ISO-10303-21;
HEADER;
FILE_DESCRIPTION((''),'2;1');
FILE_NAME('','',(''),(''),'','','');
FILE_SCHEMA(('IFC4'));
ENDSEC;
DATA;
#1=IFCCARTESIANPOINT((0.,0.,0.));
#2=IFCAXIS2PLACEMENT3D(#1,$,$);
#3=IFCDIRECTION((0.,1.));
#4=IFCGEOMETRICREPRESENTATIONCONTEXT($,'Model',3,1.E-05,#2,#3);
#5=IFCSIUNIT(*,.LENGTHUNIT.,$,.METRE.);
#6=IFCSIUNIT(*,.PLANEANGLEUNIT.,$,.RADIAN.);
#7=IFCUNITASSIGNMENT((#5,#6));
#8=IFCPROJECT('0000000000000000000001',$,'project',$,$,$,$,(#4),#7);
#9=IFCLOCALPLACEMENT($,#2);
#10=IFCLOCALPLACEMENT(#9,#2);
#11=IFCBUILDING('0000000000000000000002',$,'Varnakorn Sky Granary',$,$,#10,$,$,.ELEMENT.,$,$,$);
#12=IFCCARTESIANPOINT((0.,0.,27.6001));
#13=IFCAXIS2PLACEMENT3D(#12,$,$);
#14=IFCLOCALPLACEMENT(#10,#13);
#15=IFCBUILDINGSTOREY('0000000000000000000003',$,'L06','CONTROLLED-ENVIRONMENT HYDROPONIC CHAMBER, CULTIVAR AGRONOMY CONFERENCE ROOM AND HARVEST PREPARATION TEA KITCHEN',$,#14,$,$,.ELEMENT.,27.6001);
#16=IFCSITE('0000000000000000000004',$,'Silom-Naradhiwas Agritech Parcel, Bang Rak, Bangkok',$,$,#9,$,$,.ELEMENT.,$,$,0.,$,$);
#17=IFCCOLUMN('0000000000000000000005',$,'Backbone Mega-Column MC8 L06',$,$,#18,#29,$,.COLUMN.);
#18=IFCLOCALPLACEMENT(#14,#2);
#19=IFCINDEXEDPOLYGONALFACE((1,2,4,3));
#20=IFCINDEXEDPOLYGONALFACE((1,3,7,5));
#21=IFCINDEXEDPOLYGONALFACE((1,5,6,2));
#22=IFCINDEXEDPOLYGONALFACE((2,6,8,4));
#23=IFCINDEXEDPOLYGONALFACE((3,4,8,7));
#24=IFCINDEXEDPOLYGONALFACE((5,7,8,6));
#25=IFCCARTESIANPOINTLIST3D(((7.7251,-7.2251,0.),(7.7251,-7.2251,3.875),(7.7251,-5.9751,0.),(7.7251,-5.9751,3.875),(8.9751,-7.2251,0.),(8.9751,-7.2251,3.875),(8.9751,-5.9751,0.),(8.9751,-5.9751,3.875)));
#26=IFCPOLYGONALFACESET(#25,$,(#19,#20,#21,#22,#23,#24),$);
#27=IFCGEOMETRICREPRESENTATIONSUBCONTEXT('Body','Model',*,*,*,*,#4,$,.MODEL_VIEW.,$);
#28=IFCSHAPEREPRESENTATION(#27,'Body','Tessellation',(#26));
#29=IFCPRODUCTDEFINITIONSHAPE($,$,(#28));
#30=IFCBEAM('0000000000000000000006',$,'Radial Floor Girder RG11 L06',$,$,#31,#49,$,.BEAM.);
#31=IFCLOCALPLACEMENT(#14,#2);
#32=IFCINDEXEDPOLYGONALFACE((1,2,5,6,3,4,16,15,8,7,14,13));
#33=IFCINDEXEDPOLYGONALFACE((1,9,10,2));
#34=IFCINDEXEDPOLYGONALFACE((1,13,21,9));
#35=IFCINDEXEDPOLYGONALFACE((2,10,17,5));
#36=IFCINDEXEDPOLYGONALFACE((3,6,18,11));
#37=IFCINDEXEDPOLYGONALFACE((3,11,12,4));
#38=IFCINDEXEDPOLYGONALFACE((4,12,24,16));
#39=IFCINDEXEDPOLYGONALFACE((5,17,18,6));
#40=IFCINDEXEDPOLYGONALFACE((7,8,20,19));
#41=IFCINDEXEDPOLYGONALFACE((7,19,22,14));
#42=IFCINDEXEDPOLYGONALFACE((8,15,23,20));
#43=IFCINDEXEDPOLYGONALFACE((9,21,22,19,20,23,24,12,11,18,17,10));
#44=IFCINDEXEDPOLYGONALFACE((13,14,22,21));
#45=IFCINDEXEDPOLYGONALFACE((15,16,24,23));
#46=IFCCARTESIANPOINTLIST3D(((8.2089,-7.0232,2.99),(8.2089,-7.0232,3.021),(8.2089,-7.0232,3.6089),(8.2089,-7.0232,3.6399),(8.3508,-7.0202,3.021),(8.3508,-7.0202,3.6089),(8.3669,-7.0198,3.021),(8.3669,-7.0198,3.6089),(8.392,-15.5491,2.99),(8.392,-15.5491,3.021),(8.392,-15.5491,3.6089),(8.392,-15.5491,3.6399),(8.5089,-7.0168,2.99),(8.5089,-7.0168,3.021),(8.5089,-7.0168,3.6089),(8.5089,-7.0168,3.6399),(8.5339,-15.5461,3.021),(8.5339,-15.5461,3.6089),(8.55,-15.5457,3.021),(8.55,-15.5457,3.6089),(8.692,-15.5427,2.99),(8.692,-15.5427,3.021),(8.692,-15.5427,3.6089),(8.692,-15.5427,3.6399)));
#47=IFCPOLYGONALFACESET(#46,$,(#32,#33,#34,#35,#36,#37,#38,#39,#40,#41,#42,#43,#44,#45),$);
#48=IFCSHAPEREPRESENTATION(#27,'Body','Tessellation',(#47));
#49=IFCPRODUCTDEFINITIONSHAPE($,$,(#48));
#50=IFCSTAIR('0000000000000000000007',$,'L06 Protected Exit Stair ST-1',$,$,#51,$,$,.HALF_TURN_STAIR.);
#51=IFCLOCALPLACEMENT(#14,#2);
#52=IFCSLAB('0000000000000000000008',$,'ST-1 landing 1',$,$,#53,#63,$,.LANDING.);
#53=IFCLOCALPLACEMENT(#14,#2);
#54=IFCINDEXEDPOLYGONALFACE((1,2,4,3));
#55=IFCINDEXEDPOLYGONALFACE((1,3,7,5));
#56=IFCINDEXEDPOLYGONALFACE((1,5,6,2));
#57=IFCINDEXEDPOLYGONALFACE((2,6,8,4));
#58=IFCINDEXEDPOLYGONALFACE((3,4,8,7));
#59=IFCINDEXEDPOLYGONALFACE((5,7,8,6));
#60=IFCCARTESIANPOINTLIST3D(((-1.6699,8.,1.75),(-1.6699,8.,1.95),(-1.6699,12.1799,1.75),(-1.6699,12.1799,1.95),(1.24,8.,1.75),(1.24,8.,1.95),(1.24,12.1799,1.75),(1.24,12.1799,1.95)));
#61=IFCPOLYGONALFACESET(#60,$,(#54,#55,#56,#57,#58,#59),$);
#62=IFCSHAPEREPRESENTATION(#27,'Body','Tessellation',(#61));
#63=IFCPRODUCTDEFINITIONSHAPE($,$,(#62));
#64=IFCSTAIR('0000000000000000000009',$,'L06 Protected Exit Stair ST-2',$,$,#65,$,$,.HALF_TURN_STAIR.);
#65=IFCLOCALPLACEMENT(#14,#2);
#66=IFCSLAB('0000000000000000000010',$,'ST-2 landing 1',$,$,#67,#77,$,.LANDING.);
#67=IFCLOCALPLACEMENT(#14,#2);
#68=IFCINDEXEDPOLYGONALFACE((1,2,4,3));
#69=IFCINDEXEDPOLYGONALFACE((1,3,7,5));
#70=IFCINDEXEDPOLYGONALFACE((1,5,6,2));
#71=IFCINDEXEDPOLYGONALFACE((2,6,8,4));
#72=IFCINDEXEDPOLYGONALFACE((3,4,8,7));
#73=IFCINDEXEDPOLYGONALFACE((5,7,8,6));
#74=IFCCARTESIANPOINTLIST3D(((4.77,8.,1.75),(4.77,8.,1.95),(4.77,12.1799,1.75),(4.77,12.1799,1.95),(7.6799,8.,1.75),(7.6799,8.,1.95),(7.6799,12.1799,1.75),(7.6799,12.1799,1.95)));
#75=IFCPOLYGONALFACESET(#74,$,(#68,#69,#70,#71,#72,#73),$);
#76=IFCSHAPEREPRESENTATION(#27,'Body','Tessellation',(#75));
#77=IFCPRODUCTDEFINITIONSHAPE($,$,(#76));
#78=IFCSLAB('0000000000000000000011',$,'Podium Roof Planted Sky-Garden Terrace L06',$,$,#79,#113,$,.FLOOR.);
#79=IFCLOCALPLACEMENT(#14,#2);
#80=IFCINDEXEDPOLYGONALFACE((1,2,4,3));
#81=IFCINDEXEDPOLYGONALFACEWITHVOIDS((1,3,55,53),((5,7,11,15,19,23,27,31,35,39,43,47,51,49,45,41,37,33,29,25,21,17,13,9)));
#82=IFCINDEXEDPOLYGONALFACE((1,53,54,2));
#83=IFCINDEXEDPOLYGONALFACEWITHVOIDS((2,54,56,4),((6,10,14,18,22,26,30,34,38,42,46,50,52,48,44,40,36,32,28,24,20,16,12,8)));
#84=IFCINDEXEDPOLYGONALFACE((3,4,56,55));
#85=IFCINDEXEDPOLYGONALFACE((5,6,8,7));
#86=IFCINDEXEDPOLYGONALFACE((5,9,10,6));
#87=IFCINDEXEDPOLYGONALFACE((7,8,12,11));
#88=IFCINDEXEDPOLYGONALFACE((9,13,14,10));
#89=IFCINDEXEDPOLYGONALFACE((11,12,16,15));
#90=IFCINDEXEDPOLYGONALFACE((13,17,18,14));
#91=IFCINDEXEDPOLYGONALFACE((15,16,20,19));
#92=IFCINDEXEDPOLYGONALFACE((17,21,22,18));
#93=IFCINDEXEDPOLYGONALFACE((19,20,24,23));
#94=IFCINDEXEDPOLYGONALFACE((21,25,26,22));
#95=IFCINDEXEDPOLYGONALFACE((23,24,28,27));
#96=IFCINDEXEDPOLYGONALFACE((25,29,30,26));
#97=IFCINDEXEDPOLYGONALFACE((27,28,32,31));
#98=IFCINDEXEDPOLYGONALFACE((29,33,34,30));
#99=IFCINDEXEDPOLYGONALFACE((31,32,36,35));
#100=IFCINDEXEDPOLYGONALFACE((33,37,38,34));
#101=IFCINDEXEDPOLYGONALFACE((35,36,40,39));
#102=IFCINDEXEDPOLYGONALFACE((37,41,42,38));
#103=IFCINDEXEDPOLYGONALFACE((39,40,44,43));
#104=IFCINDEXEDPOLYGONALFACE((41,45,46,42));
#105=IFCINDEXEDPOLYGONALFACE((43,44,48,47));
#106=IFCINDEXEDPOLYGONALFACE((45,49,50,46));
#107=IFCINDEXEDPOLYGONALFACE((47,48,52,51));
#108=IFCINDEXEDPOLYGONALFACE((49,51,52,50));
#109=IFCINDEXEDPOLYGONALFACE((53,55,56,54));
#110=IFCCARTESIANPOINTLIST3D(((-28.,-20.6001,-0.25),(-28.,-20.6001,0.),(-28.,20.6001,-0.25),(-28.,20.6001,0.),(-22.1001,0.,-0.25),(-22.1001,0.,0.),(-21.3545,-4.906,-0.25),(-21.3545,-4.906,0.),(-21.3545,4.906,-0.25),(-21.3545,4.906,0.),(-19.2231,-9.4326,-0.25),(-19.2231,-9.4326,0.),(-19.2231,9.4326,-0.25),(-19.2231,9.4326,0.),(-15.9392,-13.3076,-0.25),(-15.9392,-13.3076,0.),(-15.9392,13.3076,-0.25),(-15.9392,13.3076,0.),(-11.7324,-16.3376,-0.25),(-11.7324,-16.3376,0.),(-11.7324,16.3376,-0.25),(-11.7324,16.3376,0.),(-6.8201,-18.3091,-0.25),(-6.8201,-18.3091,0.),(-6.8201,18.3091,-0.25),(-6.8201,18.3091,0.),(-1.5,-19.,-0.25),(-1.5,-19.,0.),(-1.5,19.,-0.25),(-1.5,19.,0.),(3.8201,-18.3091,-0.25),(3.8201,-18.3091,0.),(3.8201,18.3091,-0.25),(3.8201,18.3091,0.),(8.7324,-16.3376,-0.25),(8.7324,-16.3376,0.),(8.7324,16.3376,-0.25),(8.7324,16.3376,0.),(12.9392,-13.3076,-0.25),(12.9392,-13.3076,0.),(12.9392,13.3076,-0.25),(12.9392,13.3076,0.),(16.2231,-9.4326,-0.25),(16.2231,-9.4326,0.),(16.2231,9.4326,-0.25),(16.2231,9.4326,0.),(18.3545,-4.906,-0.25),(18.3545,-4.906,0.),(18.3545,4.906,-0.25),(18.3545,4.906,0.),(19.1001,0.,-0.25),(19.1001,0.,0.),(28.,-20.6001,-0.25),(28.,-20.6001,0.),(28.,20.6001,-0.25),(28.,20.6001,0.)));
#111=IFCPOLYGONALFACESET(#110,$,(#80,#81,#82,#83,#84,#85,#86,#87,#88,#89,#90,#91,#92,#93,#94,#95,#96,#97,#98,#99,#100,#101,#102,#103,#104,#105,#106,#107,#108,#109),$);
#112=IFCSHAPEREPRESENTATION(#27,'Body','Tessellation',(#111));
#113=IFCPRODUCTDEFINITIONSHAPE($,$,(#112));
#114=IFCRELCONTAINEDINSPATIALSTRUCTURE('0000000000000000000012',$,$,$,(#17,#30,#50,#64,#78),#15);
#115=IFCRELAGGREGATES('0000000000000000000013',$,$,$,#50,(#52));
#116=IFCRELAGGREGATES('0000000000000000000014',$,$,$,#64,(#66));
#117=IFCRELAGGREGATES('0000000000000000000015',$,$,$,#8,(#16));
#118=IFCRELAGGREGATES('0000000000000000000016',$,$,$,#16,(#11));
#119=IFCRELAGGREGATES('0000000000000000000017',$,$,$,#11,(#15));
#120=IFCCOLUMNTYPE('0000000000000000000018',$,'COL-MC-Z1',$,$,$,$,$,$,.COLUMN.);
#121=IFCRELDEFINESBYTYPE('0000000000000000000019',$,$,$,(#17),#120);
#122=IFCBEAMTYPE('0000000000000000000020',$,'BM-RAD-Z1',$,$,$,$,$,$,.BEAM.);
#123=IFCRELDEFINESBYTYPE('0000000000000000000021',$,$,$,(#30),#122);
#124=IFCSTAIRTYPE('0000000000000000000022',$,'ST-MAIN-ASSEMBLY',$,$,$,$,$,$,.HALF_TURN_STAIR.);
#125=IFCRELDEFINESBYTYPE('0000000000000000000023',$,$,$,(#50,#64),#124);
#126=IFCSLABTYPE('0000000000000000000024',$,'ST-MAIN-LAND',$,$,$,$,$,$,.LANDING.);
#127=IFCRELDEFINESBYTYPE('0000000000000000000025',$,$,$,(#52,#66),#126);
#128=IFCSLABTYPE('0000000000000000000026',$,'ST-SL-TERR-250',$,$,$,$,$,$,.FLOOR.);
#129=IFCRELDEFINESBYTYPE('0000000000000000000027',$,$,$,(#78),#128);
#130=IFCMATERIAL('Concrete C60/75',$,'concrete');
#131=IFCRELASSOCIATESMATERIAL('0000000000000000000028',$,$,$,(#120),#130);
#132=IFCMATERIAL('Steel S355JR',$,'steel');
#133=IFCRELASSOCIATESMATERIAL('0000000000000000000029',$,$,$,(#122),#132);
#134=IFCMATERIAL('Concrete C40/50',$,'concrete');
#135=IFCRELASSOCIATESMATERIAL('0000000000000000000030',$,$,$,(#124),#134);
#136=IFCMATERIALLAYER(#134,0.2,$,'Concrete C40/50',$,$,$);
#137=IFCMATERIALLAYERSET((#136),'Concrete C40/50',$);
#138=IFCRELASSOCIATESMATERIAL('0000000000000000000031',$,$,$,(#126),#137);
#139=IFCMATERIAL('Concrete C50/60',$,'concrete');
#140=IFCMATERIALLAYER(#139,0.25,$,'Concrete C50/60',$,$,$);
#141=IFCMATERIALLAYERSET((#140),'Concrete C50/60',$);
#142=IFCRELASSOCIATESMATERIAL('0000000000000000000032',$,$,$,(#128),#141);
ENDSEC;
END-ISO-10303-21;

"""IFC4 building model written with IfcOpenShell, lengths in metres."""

from ifc_helpers import new_model, si_unit, direction, frame, origin, origin_2d, place, context, subcontext, project, spatial, polyline, rectangle, i_section, outline, extrude, material, layer, layer_set, material_profile, profile_set, type_object, element, aggregate, save


model = new_model("IFC4")

# Units and contexts
model_context = context("Model", 3, precision=1e-05, world=origin(), true_north=direction((0.0, 1.0)))
body_context = subcontext(model_context, "Body", "Model", "MODEL_VIEW")
ifc_project = project(units=[si_unit("LENGTHUNIT", "METRE"), si_unit("PLANEANGLEUNIT", "RADIAN")], contexts=[model_context])

# Site, building, storey
site_placement = place(None, origin())
site = spatial("IfcSite", under=ifc_project, at=site_placement, Name="Silom-Naradhiwas Agritech Parcel, Bang Rak, Bangkok", CompositionType="ELEMENT", RefElevation=0.0)
building_placement = place(site_placement, origin())
building = spatial("IfcBuilding", under=site, at=building_placement, Name="Varnakorn Sky Granary", CompositionType="ELEMENT")
storey_placement = place(building_placement, frame((0.0, 0.0, 27.6001)))
storey = spatial("IfcBuildingStorey", under=building, at=storey_placement, Name="L06", Description="CONTROLLED-ENVIRONMENT HYDROPONIC CHAMBER, CULTIVAR AGRONOMY CONFERENCE ROOM AND HARVEST PREPARATION TEA KITCHEN", CompositionType="ELEMENT", Elevation=27.6001)

# Column
ifc_material_1 = material(Name="Concrete C60/75", Category="concrete")
ifc_material_profile_1 = material_profile(ifc_material_1, rectangle(XDim=1.25, YDim=1.25, at=origin_2d()), Name="RC 1250x1250")
ifc_profile_set_1 = profile_set([ifc_material_profile_1], Name="Concrete C60/75")
column_type = type_object("IfcColumnType", Name="COL-MC-Z1", PredefinedType="COLUMN", material=ifc_profile_set_1)
column_placement = place(storey_placement, frame((8.3501, -6.6001, 0.0), z_axis=(0.0, 0.0, 1.0), x_axis=(1.0, 0.0, 0.0)))
element("IfcColumn", 1, at=column_placement, inside=storey, type_object=column_type, Name="Backbone Mega-Column MC8 L06", PredefinedType="COLUMN", context=body_context, shape_type="SweptSolid", body=[
    extrude(rectangle(XDim=1.25, YDim=1.25, at=origin_2d()), origin(), (0.0, 0.0, 1.0), 3.875),
])

# Beam
ifc_material_2 = material(Name="Steel S355JR", Category="steel")
ifc_material_profile_2 = material_profile(ifc_material_2, i_section(OverallWidth=0.3, OverallDepth=0.6499, WebThickness=0.0161, FlangeThickness=0.031, at=origin_2d()), Name="HE 650 B")
ifc_profile_set_2 = profile_set([ifc_material_profile_2], Name="Steel S355JR")
beam_type = type_object("IfcBeamType", Name="BM-RAD-Z1", PredefinedType="BEAM", material=ifc_profile_set_2)
beam_placement = place(storey_placement, frame((8.3589, -7.02, 3.3149), z_axis=(0.021471, -0.999769, 0.0), x_axis=(0.999769, 0.021471, 0.0)))
element("IfcBeam", 2, at=beam_placement, inside=storey, type_object=beam_type, Name="Radial Floor Girder RG11 L06", PredefinedType="BEAM", context=body_context, shape_type="SweptSolid", body=[
    extrude(i_section(OverallWidth=0.3, OverallDepth=0.6499, WebThickness=0.0161, FlangeThickness=0.031, at=origin_2d()), origin(), (0.0, 0.0, 1.0), 8.5278),
])

# Stairs, slabs
ifc_material_3 = material(Name="Concrete C40/50", Category="concrete")
stair_type = type_object("IfcStairType", Name="ST-MAIN-ASSEMBLY", PredefinedType="HALF_TURN_STAIR", material=ifc_material_3)
stair_1_placement = place(storey_placement, origin())
stair_1 = element("IfcStair", 3, at=stair_1_placement, inside=storey, type_object=stair_type, Name="L06 Protected Exit Stair ST-1", PredefinedType="HALF_TURN_STAIR")
ifc_layer_1 = layer(ifc_material_3, 0.2, Name="Concrete C40/50")
ifc_layer_set_1 = layer_set([ifc_layer_1], Name="Concrete C40/50")
slab_type_1 = type_object("IfcSlabType", Name="ST-MAIN-LAND", PredefinedType="LANDING", material=ifc_layer_set_1)
slab_1_placement = place(storey_placement, frame((0.0, 0.0, 1.75)))
slab_1 = element("IfcSlab", 4, at=slab_1_placement, type_object=slab_type_1, Name="ST-1 landing 1", PredefinedType="LANDING", context=body_context, shape_type="SweptSolid", body=[
    extrude(outline(polyline([(1.24, 8.0), (1.24, 12.1799), (-1.6699, 12.1799), (-1.6699, 8.0), (1.24, 8.0)])), origin(), (0.0, 0.0, 1.0), 0.2),
])
aggregate(stair_1, [slab_1])
stair_2_placement = place(storey_placement, origin())
stair_2 = element("IfcStair", 5, at=stair_2_placement, inside=storey, type_object=stair_type, Name="L06 Protected Exit Stair ST-2", PredefinedType="HALF_TURN_STAIR")
slab_2_placement = place(storey_placement, frame((0.0, 0.0, 1.75)))
slab_2 = element("IfcSlab", 6, at=slab_2_placement, type_object=slab_type_1, Name="ST-2 landing 1", PredefinedType="LANDING", context=body_context, shape_type="SweptSolid", body=[
    extrude(outline(polyline([(7.6799, 8.0), (7.6799, 12.1799), (4.77, 12.1799), (4.77, 8.0), (7.6799, 8.0)])), origin(), (0.0, 0.0, 1.0), 0.2),
])
aggregate(stair_2, [slab_2])

# Slab
ifc_material_4 = material(Name="Concrete C50/60", Category="concrete")
ifc_layer_2 = layer(ifc_material_4, 0.25, Name="Concrete C50/60")
ifc_layer_set_2 = layer_set([ifc_layer_2], Name="Concrete C50/60")
slab_type_2 = type_object("IfcSlabType", Name="ST-SL-TERR-250", PredefinedType="FLOOR", material=ifc_layer_set_2)
slab_3_placement = place(storey_placement, frame((0.0, 0.0, -0.25)))
element("IfcSlab", 7, at=slab_3_placement, inside=storey, type_object=slab_type_2, Name="Podium Roof Planted Sky-Garden Terrace L06", PredefinedType="FLOOR", context=body_context, shape_type="SweptSolid", body=[
    extrude(outline(polyline([(-28.0, -20.6001), (28.0, -20.6001), (28.0, 20.6001), (-28.0, 20.6001), (-28.0, -20.6001)]), holes=[polyline([(19.1001, 0.0), (18.3545, 4.906), (16.2231, 9.4326), (12.9392, 13.3076), (8.7324, 16.3376), (3.8201, 18.3091), (-1.5, 19.0), (-6.8201, 18.3091), (-11.7324, 16.3376), (-15.9392, 13.3076), (-19.2231, 9.4326), (-21.3545, 4.906), (-22.1001, 0.0), (-21.3545, -4.906), (-19.2231, -9.4326), (-15.9392, -13.3076), (-11.7324, -16.3376), (-6.8201, -18.3091), (-1.5, -19.0), (3.8201, -18.3091), (8.7324, -16.3376), (12.9392, -13.3076), (16.2231, -9.4326), (18.3545, -4.906), (19.1001, 0.0)])]), origin(), (0.0, 0.0, 1.0), 0.25),
])

save(model, "model.ifc")
